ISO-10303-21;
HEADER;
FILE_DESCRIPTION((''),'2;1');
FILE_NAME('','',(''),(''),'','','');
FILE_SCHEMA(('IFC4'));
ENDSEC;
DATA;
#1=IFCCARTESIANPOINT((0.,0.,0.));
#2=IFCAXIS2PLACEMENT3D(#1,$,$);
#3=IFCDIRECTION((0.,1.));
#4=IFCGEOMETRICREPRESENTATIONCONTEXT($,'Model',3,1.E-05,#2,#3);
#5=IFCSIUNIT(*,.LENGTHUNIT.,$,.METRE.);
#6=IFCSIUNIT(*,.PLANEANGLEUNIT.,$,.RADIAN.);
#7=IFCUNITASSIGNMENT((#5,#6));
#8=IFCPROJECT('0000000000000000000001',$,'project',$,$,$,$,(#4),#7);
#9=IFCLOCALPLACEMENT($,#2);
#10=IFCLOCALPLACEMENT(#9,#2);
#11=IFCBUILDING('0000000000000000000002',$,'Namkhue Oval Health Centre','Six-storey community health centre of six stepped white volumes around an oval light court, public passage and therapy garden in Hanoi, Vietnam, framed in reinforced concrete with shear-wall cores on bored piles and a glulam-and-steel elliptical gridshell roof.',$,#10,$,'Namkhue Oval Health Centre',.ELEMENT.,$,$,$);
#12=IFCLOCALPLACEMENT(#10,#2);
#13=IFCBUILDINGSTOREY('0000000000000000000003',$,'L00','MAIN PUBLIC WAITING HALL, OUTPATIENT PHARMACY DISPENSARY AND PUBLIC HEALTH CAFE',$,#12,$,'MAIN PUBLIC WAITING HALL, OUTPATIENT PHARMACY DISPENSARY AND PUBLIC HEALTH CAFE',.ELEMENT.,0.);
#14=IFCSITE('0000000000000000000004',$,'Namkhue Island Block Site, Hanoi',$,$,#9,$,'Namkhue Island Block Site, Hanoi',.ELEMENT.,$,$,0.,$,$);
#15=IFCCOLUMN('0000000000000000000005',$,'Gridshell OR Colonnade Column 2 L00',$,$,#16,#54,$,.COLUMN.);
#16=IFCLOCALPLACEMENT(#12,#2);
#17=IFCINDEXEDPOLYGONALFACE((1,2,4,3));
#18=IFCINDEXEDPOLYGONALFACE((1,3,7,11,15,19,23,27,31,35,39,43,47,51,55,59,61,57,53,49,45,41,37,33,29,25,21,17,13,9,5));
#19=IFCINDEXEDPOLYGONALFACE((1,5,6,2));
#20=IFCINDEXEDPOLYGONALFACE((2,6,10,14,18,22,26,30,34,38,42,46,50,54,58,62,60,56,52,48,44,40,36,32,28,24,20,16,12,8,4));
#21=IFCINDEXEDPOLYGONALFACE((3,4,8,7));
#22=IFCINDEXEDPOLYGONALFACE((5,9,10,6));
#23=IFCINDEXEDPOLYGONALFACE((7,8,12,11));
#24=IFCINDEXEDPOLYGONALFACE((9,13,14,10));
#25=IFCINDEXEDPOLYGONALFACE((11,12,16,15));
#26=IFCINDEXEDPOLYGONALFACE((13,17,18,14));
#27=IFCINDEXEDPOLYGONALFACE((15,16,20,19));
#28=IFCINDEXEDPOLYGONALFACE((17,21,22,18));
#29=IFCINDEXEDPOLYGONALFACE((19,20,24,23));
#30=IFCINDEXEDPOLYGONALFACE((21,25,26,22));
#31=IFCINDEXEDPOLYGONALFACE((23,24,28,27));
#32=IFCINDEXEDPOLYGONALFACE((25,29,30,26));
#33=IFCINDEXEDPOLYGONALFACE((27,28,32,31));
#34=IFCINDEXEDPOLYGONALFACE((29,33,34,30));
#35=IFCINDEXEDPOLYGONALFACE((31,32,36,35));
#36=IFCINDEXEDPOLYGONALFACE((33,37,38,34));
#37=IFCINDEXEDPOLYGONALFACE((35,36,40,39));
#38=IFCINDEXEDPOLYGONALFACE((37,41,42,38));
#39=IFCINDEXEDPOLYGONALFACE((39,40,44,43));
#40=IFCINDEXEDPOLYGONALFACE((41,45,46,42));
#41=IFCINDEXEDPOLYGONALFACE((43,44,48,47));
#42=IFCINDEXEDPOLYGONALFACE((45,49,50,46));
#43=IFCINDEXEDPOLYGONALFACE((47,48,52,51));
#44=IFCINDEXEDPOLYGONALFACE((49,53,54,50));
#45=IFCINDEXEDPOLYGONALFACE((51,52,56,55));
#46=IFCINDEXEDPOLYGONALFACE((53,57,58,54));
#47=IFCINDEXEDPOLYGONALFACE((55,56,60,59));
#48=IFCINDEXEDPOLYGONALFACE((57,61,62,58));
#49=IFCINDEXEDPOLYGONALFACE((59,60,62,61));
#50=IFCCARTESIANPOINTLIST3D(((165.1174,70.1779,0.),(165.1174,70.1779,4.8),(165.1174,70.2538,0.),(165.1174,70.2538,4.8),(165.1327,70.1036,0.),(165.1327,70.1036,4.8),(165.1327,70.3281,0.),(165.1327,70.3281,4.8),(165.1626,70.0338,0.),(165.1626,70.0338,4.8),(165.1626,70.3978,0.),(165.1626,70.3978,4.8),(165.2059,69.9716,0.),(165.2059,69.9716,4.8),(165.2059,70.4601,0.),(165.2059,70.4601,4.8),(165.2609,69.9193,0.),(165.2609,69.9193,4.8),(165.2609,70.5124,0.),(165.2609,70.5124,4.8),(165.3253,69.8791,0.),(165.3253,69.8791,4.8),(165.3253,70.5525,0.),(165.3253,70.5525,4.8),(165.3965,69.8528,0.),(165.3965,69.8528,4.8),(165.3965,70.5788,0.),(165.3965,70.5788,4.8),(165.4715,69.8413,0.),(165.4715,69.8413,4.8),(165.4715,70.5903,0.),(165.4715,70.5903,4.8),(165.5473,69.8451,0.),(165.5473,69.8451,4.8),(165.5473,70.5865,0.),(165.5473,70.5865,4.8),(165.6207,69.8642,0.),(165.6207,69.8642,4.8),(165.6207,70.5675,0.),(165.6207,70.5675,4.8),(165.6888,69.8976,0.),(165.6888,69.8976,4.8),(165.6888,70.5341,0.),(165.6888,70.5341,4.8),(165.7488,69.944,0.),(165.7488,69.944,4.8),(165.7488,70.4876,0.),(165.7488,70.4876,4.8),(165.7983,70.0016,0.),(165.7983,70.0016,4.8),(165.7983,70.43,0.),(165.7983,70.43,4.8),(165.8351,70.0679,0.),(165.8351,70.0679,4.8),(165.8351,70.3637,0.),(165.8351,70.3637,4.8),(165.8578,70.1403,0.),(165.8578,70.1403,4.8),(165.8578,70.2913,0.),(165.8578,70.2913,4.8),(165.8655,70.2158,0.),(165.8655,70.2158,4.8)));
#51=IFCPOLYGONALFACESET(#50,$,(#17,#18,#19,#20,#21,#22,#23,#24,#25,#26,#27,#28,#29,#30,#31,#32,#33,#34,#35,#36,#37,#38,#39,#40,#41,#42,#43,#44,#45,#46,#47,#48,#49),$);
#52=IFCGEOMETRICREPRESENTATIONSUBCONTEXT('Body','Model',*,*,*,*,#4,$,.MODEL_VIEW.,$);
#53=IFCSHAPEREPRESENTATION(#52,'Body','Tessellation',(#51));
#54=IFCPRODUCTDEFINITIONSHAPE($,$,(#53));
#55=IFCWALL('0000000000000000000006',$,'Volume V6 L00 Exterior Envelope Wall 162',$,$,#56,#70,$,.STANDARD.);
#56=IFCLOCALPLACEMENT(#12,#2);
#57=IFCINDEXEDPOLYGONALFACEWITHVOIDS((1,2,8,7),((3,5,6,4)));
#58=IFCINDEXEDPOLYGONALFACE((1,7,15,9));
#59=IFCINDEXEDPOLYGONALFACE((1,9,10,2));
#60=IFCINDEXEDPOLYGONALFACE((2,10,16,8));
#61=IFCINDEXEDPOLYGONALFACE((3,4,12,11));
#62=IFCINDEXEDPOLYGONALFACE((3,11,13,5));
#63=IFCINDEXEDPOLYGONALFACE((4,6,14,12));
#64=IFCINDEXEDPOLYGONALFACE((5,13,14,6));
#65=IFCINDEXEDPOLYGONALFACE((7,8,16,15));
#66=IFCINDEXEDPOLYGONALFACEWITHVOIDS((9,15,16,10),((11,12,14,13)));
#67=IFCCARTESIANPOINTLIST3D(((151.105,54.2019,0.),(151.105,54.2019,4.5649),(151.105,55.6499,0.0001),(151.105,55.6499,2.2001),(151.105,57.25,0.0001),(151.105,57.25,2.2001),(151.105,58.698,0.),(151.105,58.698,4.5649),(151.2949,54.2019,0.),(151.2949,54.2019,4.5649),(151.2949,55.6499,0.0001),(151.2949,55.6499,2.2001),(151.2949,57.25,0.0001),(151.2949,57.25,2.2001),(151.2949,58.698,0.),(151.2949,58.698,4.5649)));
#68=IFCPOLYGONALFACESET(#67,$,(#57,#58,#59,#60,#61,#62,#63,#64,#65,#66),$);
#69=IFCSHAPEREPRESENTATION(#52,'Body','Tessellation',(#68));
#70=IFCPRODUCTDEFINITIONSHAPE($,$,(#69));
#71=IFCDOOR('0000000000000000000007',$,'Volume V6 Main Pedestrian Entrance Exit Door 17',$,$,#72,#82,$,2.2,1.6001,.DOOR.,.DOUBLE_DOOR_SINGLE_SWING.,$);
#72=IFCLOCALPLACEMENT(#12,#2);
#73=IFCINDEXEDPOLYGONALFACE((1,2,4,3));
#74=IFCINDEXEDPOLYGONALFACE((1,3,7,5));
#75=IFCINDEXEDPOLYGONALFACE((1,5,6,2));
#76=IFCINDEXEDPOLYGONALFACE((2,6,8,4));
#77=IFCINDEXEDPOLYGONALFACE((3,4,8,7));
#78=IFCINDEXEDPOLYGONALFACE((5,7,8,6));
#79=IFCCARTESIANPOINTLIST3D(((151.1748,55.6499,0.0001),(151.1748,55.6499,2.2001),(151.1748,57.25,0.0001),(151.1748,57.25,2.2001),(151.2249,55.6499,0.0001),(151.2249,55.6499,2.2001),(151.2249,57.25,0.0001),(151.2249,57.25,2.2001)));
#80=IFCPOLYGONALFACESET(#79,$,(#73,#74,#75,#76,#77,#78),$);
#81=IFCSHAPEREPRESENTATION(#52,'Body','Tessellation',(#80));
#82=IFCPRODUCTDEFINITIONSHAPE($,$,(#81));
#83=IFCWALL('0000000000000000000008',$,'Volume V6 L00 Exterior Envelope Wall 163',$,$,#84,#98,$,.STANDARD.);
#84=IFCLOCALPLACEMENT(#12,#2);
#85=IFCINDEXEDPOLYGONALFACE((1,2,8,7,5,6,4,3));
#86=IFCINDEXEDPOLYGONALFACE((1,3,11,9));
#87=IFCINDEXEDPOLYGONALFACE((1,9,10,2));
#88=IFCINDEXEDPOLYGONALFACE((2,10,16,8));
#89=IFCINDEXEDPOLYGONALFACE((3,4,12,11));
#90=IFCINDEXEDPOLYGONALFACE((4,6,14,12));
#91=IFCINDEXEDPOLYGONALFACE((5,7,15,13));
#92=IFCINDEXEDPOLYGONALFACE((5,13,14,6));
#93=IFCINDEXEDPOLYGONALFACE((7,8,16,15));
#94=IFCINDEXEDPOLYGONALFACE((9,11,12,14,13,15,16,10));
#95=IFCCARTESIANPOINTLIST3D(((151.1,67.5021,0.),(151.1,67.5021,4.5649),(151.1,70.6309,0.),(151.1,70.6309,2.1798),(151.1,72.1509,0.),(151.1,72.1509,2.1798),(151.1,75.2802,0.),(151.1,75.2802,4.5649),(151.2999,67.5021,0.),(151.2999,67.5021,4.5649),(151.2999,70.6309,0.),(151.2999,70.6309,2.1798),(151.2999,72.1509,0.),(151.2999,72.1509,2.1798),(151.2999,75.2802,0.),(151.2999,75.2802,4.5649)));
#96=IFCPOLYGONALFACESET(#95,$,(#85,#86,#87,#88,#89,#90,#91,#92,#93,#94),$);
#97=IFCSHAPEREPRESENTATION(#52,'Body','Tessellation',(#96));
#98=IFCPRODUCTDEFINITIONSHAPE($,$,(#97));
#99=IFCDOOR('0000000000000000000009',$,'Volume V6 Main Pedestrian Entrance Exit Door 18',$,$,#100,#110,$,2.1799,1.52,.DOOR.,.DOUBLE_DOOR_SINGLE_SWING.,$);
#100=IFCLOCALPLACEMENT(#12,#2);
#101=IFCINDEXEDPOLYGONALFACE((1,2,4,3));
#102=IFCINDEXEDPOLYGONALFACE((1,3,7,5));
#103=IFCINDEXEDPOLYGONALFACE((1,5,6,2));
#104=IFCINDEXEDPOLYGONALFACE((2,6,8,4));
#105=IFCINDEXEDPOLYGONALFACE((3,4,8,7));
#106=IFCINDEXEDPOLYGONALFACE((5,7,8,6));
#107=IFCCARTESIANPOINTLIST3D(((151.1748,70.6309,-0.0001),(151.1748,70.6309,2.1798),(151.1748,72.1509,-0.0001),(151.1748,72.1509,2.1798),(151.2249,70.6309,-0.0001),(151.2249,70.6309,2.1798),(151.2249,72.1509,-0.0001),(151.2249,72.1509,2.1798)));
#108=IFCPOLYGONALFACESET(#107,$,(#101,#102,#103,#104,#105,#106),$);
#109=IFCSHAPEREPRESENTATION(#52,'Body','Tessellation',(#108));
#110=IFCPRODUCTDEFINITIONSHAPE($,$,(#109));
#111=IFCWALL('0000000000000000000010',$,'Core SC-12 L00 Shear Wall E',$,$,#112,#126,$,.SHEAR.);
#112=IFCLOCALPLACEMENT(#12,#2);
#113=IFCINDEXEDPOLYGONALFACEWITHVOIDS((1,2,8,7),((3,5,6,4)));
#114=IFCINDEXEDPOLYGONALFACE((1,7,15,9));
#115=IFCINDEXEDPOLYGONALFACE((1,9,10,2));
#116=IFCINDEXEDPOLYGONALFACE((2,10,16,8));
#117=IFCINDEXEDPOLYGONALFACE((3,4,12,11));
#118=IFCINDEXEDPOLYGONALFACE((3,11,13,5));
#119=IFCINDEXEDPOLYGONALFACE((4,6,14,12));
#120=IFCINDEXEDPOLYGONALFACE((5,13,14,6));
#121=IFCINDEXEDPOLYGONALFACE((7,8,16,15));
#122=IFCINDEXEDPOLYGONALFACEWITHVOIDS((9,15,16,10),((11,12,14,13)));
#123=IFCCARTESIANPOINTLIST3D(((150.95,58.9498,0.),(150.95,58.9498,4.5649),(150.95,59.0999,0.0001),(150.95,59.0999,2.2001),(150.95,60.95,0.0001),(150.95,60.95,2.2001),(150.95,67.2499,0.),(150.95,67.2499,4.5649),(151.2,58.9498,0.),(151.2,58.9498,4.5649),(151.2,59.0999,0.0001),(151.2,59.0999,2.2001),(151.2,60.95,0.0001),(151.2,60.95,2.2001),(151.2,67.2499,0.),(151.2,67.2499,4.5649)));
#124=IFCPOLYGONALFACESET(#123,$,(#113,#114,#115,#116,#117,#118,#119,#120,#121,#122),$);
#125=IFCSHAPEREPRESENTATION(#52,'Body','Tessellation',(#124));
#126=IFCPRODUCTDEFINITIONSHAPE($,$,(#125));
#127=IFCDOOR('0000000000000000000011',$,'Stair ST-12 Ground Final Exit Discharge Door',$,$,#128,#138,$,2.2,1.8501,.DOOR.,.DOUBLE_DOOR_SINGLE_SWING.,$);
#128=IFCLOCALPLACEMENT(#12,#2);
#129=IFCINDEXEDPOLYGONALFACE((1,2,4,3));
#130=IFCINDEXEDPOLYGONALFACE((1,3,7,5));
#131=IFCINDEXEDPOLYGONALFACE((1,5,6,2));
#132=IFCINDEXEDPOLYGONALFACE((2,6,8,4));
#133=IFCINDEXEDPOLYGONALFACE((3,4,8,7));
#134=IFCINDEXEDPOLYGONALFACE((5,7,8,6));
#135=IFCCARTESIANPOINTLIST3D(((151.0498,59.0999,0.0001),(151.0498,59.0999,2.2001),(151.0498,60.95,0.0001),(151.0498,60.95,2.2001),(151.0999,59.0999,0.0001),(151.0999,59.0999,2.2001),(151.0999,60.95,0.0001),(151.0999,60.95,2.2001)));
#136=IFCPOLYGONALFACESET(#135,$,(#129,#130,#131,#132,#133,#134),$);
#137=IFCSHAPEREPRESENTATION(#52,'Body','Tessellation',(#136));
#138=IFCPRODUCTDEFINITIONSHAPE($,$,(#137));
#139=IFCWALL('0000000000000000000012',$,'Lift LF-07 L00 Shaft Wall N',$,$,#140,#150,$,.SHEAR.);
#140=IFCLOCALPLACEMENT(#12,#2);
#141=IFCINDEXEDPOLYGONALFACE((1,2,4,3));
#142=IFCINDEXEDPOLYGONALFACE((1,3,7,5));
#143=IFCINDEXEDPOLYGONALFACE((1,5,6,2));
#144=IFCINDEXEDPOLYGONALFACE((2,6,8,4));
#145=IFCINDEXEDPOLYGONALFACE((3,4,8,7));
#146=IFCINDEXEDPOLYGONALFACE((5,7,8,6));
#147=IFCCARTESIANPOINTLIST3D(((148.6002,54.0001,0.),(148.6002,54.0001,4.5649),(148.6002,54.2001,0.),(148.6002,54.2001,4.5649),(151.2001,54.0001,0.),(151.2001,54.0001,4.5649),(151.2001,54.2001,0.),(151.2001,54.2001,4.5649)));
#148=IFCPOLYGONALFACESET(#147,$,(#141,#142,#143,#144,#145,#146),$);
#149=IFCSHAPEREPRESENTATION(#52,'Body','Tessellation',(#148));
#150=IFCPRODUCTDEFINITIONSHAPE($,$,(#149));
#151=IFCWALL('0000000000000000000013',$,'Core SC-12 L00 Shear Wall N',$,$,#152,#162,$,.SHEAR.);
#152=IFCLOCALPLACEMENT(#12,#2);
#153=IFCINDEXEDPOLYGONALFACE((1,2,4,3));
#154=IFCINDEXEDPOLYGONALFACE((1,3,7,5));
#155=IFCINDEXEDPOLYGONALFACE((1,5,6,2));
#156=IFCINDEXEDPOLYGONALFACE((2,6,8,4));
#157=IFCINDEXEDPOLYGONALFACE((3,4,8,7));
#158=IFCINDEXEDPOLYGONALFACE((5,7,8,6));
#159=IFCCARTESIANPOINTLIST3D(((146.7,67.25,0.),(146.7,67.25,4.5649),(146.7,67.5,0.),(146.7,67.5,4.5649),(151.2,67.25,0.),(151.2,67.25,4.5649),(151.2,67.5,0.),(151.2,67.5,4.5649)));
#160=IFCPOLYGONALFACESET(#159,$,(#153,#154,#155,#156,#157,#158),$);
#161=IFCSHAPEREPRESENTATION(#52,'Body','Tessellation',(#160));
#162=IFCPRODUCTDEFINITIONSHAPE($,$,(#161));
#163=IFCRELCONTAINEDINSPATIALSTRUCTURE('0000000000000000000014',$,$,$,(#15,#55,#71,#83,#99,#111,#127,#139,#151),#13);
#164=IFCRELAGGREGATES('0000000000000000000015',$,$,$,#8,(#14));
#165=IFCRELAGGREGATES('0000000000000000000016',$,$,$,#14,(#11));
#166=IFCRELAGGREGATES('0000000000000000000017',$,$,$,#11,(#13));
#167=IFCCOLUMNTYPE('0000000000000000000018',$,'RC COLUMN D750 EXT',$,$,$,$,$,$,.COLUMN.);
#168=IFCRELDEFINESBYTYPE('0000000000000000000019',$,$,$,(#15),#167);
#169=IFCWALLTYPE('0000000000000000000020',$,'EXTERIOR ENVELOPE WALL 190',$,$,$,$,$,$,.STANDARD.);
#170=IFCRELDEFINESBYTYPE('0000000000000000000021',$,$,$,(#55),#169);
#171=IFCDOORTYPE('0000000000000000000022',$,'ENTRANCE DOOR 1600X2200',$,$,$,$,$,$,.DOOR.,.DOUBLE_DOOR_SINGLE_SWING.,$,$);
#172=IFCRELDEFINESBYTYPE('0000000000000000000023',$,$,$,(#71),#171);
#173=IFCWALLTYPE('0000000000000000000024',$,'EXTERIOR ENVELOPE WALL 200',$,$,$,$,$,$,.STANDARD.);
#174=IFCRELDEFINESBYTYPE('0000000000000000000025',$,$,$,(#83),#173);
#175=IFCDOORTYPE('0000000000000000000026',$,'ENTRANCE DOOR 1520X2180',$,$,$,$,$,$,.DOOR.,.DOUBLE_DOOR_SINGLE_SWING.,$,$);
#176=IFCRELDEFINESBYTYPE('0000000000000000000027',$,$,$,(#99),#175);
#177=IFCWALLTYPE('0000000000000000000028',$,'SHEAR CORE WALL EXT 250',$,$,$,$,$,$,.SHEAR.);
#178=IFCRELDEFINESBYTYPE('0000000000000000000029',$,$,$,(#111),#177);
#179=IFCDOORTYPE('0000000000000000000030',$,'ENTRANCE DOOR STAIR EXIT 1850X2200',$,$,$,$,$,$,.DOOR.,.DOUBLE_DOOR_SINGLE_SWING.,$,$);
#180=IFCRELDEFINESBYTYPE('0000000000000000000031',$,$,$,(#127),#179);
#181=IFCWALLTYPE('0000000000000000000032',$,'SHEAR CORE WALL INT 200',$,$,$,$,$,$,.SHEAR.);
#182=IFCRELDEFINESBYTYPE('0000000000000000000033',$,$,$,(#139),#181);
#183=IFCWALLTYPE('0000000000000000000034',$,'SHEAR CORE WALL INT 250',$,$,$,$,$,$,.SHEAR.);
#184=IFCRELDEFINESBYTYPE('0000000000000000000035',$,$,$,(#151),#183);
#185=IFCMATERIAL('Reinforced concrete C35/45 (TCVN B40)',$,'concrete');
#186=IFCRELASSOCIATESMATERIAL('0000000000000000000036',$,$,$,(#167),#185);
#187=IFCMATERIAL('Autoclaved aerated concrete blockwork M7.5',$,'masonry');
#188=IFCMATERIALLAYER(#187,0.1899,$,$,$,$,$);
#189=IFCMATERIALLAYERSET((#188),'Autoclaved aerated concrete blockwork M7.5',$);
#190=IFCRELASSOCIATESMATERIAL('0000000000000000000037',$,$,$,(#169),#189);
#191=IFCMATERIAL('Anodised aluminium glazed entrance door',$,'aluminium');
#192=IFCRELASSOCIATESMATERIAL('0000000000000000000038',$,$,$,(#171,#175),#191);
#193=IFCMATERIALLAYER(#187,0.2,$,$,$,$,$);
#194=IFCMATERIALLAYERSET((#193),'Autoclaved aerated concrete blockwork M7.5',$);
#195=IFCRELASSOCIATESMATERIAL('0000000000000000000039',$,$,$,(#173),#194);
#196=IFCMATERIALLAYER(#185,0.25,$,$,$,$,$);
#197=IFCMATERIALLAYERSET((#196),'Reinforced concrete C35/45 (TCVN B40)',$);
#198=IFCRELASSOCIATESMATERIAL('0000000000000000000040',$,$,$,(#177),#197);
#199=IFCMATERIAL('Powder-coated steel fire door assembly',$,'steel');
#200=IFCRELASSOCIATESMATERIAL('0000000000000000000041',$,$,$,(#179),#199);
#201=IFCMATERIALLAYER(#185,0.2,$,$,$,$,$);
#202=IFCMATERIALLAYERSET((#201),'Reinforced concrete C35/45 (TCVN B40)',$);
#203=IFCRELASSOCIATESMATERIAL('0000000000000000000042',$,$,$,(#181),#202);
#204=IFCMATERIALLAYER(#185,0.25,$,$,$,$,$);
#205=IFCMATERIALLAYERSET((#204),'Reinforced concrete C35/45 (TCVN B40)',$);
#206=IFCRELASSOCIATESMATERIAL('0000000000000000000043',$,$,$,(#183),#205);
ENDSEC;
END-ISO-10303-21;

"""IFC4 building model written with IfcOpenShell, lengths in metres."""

from ifc_helpers import new_model, si_unit, direction, frame, frame_2d, origin, origin_2d, place, context, subcontext, project, spatial, rectangle, circle, extrude, material, layer, layer_set, material_profile, profile_set, type_object, element, fill, save


model = new_model("IFC4")

# Units and contexts
model_context = context("Model", 3, precision=1e-05, world=origin(), true_north=direction((0.0, 1.0)))
body_context = subcontext(model_context, "Body", "Model", "MODEL_VIEW")
ifc_project = project(units=[si_unit("LENGTHUNIT", "METRE"), si_unit("PLANEANGLEUNIT", "RADIAN")], contexts=[model_context])

# Site, building, storey
site_placement = place(None, origin())
site = spatial("IfcSite", under=ifc_project, at=site_placement, Name="Namkhue Island Block Site, Hanoi", LongName="Namkhue Island Block Site, Hanoi", CompositionType="ELEMENT", RefElevation=0.0)
building_placement = place(site_placement, origin())
building = spatial("IfcBuilding", under=site, at=building_placement, Name="Namkhue Oval Health Centre", Description="Six-storey community health centre of six stepped white volumes around an oval light court, public passage and therapy garden in Hanoi, Vietnam, framed in reinforced concrete with shear-wall cores on bored piles and a glulam-and-steel elliptical gridshell roof.", LongName="Namkhue Oval Health Centre", CompositionType="ELEMENT")
storey_placement = place(building_placement, origin())
storey = spatial("IfcBuildingStorey", under=building, at=storey_placement, Name="L00", Description="MAIN PUBLIC WAITING HALL, OUTPATIENT PHARMACY DISPENSARY AND PUBLIC HEALTH CAFE", LongName="MAIN PUBLIC WAITING HALL, OUTPATIENT PHARMACY DISPENSARY AND PUBLIC HEALTH CAFE", CompositionType="ELEMENT", Elevation=0.0)

# Column
ifc_material_1 = material(Name="Reinforced concrete C35/45 (TCVN B40)", Category="concrete")
ifc_material_profile_1 = material_profile(ifc_material_1, circle(Radius=0.375, at=origin_2d()), Name="RC D750")
ifc_profile_set_1 = profile_set([ifc_material_profile_1], Name="Reinforced concrete C35/45 (TCVN B40)")
column_type_1 = type_object("IfcColumnType", Name="RC COLUMN D750 EXT", PredefinedType="COLUMN", material=ifc_profile_set_1)
for number, where, z_axis, x_axis, name in (
    (1, (165.4905, 70.2158, 0.0), (0.0, 0.0, 1.0), (1.0, 0.0, 0.0), "Gridshell OR Colonnade Column 2 L00"),
):
    element("IfcColumn", number, at=place(storey_placement, frame(where, z_axis=z_axis, x_axis=x_axis)), inside=storey, type_object=column_type_1, Name=name, PredefinedType="COLUMN", context=body_context, shape_type="SweptSolid", body=[
        extrude(circle(Radius=0.375, at=origin_2d()), origin(), (0.0, 0.0, 1.0), 4.8),
    ])

# Walls, openings, doors
ifc_material_2 = material(Name="Autoclaved aerated concrete blockwork M7.5", Category="masonry")
ifc_layer_1 = layer(ifc_material_2, 0.1899)
ifc_layer_set_1 = layer_set([ifc_layer_1], Name="Autoclaved aerated concrete blockwork M7.5")
wall_type_1 = type_object("IfcWallType", Name="EXTERIOR ENVELOPE WALL 190", PredefinedType="STANDARD", material=ifc_layer_set_1)
wall_1_placement = place(storey_placement, frame((151.2, 54.2019, 0.0), z_axis=(0.0, 0.0, 1.0), x_axis=(0.0, 1.0, 0.0)))
wall_1 = element("IfcWall", 2, at=wall_1_placement, inside=storey, type_object=wall_type_1, Name="Volume V6 L00 Exterior Envelope Wall 162", PredefinedType="STANDARD", context=body_context, shape_type="SweptSolid", body=[
    extrude(rectangle(XDim=4.4961, YDim=0.1899, at=frame_2d((2.248, 0.0))), origin(), (0.0, 0.0, 1.0), 4.5649),
])
opening_1_placement = place(wall_1_placement, frame((1.448, 0.0, 0.0)))
opening_1 = element("IfcOpeningElement", 3, at=opening_1_placement, cuts=wall_1, PredefinedType="OPENING", context=body_context, shape_type="SweptSolid", body=[
    extrude(rectangle(XDim=1.6001, YDim=2.2, at=frame_2d((0.8, 1.1001))), frame((0.0, 0.105, 0.0), z_axis=(0.0, -1.0, 0.0), x_axis=(1.0, 0.0, 0.0)), (0.0, 0.0, 1.0), 0.21),
])
ifc_material_3 = material(Name="Anodised aluminium glazed entrance door", Category="aluminium")
door_type_1 = type_object("IfcDoorType", Name="ENTRANCE DOOR 1600X2200", OperationType="DOUBLE_DOOR_SINGLE_SWING", PredefinedType="DOOR", material=ifc_material_3)
door_1_placement = place(opening_1_placement, frame((1.6001, 0.0, 0.0), z_axis=(0.0, 0.0, 1.0), x_axis=(-1.0, 0.0, 0.0)))
door_1 = element("IfcDoor", 4, at=door_1_placement, inside=storey, type_object=door_type_1, Name="Volume V6 Main Pedestrian Entrance Exit Door 17", OperationType="DOUBLE_DOOR_SINGLE_SWING", OverallHeight=2.2, OverallWidth=1.6001, PredefinedType="DOOR", context=body_context, shape_type="SweptSolid", body=[
    extrude(rectangle(XDim=1.6001, YDim=2.2, at=frame_2d((0.8, 1.1001))), frame((0.0, 0.0249, 0.0), z_axis=(0.0, -1.0, 0.0), x_axis=(1.0, 0.0, 0.0)), (0.0, 0.0, 1.0), 0.05),
])
fill(opening_1, door_1)
ifc_layer_2 = layer(ifc_material_2, 0.2)
ifc_layer_set_2 = layer_set([ifc_layer_2], Name="Autoclaved aerated concrete blockwork M7.5")
wall_type_2 = type_object("IfcWallType", Name="EXTERIOR ENVELOPE WALL 200", PredefinedType="STANDARD", material=ifc_layer_set_2)
wall_2_placement = place(storey_placement, frame((151.2, 67.502, 0.0), z_axis=(0.0, 0.0, 1.0), x_axis=(0.0, 1.0, 0.0)))
wall_2 = element("IfcWall", 5, at=wall_2_placement, inside=storey, type_object=wall_type_2, Name="Volume V6 L00 Exterior Envelope Wall 163", PredefinedType="STANDARD", context=body_context, shape_type="SweptSolid", body=[
    extrude(rectangle(XDim=7.7781, YDim=0.2, at=frame_2d((3.8892, 0.0))), origin(), (0.0, 0.0, 1.0), 4.5649),
])
opening_2_placement = place(wall_2_placement, frame((3.1289, 0.0, 0.0)))
opening_2 = element("IfcOpeningElement", 6, at=opening_2_placement, cuts=wall_2, PredefinedType="OPENING", context=body_context, shape_type="SweptSolid", body=[
    extrude(rectangle(XDim=1.52, YDim=2.1799, at=frame_2d((0.76, 1.0898))), frame((0.0, 0.1099, 0.0), z_axis=(0.0, -1.0, 0.0), x_axis=(1.0, 0.0, 0.0)), (0.0, 0.0, 1.0), 0.22),
])
door_type_2 = type_object("IfcDoorType", Name="ENTRANCE DOOR 1520X2180", OperationType="DOUBLE_DOOR_SINGLE_SWING", PredefinedType="DOOR", material=ifc_material_3)
door_2_placement = place(opening_2_placement, frame((1.52, 0.0, 0.0), z_axis=(0.0, 0.0, 1.0), x_axis=(-1.0, 0.0, 0.0)))
door_2 = element("IfcDoor", 7, at=door_2_placement, inside=storey, type_object=door_type_2, Name="Volume V6 Main Pedestrian Entrance Exit Door 18", OperationType="DOUBLE_DOOR_SINGLE_SWING", OverallHeight=2.1799, OverallWidth=1.52, PredefinedType="DOOR", context=body_context, shape_type="SweptSolid", body=[
    extrude(rectangle(XDim=1.52, YDim=2.1799, at=frame_2d((0.76, 1.0898))), frame((0.0, 0.0249, 0.0), z_axis=(0.0, -1.0, 0.0), x_axis=(1.0, 0.0, 0.0)), (0.0, 0.0, 1.0), 0.05),
])
fill(opening_2, door_2)
ifc_layer_3 = layer(ifc_material_1, 0.25)
ifc_layer_set_3 = layer_set([ifc_layer_3], Name="Reinforced concrete C35/45 (TCVN B40)")
wall_type_3 = type_object("IfcWallType", Name="SHEAR CORE WALL EXT 250", PredefinedType="SHEAR", material=ifc_layer_set_3)
wall_3_placement = place(storey_placement, frame((151.075, 58.95, 0.0), z_axis=(0.0, 0.0, 1.0), x_axis=(0.0, 1.0, 0.0)))
wall_3 = element("IfcWall", 8, at=wall_3_placement, inside=storey, type_object=wall_type_3, Name="Core SC-12 L00 Shear Wall E", PredefinedType="SHEAR", context=body_context, shape_type="SweptSolid", body=[
    extrude(rectangle(XDim=8.3, YDim=0.25, at=frame_2d((4.1499, 0.0))), origin(), (0.0, 0.0, 1.0), 4.5649),
])
opening_3_placement = place(wall_3_placement, frame((0.1499, 0.0, 0.0)))
opening_3 = element("IfcOpeningElement", 9, at=opening_3_placement, cuts=wall_3, PredefinedType="OPENING", context=body_context, shape_type="SweptSolid", body=[
    extrude(rectangle(XDim=1.8501, YDim=2.2, at=frame_2d((0.925, 1.1001))), frame((0.0, 0.135, 0.0), z_axis=(0.0, -1.0, 0.0), x_axis=(1.0, 0.0, 0.0)), (0.0, 0.0, 1.0), 0.27),
])
ifc_material_4 = material(Name="Powder-coated steel fire door assembly", Category="steel")
door_type_3 = type_object("IfcDoorType", Name="ENTRANCE DOOR STAIR EXIT 1850X2200", OperationType="DOUBLE_DOOR_SINGLE_SWING", PredefinedType="DOOR", material=ifc_material_4)
door_3_placement = place(opening_3_placement, frame((1.8501, 0.0, 0.0), z_axis=(0.0, 0.0, 1.0), x_axis=(-1.0, 0.0, 0.0)))
door_3 = element("IfcDoor", 10, at=door_3_placement, inside=storey, type_object=door_type_3, Name="Stair ST-12 Ground Final Exit Discharge Door", OperationType="DOUBLE_DOOR_SINGLE_SWING", OverallHeight=2.2, OverallWidth=1.8501, PredefinedType="DOOR", context=body_context, shape_type="SweptSolid", body=[
    extrude(rectangle(XDim=1.8501, YDim=2.2, at=frame_2d((0.925, 1.1001))), frame((0.0, 0.0249, 0.0), z_axis=(0.0, -1.0, 0.0), x_axis=(1.0, 0.0, 0.0)), (0.0, 0.0, 1.0), 0.05),
])
fill(opening_3, door_3)

# Walls
ifc_layer_4 = layer(ifc_material_1, 0.2)
ifc_layer_set_4 = layer_set([ifc_layer_4], Name="Reinforced concrete C35/45 (TCVN B40)")
wall_type_4 = type_object("IfcWallType", Name="SHEAR CORE WALL INT 200", PredefinedType="SHEAR", material=ifc_layer_set_4)
wall_4_placement = place(storey_placement, frame((151.2, 54.1001, 0.0), z_axis=(0.0, 0.0, 1.0), x_axis=(-1.0, 0.0, 0.0)))
element("IfcWall", 11, at=wall_4_placement, inside=storey, type_object=wall_type_4, Name="Lift LF-07 L00 Shaft Wall N", PredefinedType="SHEAR", context=body_context, shape_type="SweptSolid", body=[
    extrude(rectangle(XDim=2.5999, YDim=0.2, at=frame_2d((1.2998, 0.0))), origin(), (0.0, 0.0, 1.0), 4.5649),
])
ifc_layer_5 = layer(ifc_material_1, 0.25)
ifc_layer_set_5 = layer_set([ifc_layer_5], Name="Reinforced concrete C35/45 (TCVN B40)")
wall_type_5 = type_object("IfcWallType", Name="SHEAR CORE WALL INT 250", PredefinedType="SHEAR", material=ifc_layer_set_5)
wall_5_placement = place(storey_placement, frame((151.2, 67.375, 0.0), z_axis=(0.0, 0.0, 1.0), x_axis=(-1.0, 0.0, 0.0)))
element("IfcWall", 12, at=wall_5_placement, inside=storey, type_object=wall_type_5, Name="Core SC-12 L00 Shear Wall N", PredefinedType="SHEAR", context=body_context, shape_type="SweptSolid", body=[
    extrude(rectangle(XDim=4.5, YDim=0.25, at=frame_2d((2.25, 0.0))), origin(), (0.0, 0.0, 1.0), 4.5649),
])

save(model, "model.ifc")
